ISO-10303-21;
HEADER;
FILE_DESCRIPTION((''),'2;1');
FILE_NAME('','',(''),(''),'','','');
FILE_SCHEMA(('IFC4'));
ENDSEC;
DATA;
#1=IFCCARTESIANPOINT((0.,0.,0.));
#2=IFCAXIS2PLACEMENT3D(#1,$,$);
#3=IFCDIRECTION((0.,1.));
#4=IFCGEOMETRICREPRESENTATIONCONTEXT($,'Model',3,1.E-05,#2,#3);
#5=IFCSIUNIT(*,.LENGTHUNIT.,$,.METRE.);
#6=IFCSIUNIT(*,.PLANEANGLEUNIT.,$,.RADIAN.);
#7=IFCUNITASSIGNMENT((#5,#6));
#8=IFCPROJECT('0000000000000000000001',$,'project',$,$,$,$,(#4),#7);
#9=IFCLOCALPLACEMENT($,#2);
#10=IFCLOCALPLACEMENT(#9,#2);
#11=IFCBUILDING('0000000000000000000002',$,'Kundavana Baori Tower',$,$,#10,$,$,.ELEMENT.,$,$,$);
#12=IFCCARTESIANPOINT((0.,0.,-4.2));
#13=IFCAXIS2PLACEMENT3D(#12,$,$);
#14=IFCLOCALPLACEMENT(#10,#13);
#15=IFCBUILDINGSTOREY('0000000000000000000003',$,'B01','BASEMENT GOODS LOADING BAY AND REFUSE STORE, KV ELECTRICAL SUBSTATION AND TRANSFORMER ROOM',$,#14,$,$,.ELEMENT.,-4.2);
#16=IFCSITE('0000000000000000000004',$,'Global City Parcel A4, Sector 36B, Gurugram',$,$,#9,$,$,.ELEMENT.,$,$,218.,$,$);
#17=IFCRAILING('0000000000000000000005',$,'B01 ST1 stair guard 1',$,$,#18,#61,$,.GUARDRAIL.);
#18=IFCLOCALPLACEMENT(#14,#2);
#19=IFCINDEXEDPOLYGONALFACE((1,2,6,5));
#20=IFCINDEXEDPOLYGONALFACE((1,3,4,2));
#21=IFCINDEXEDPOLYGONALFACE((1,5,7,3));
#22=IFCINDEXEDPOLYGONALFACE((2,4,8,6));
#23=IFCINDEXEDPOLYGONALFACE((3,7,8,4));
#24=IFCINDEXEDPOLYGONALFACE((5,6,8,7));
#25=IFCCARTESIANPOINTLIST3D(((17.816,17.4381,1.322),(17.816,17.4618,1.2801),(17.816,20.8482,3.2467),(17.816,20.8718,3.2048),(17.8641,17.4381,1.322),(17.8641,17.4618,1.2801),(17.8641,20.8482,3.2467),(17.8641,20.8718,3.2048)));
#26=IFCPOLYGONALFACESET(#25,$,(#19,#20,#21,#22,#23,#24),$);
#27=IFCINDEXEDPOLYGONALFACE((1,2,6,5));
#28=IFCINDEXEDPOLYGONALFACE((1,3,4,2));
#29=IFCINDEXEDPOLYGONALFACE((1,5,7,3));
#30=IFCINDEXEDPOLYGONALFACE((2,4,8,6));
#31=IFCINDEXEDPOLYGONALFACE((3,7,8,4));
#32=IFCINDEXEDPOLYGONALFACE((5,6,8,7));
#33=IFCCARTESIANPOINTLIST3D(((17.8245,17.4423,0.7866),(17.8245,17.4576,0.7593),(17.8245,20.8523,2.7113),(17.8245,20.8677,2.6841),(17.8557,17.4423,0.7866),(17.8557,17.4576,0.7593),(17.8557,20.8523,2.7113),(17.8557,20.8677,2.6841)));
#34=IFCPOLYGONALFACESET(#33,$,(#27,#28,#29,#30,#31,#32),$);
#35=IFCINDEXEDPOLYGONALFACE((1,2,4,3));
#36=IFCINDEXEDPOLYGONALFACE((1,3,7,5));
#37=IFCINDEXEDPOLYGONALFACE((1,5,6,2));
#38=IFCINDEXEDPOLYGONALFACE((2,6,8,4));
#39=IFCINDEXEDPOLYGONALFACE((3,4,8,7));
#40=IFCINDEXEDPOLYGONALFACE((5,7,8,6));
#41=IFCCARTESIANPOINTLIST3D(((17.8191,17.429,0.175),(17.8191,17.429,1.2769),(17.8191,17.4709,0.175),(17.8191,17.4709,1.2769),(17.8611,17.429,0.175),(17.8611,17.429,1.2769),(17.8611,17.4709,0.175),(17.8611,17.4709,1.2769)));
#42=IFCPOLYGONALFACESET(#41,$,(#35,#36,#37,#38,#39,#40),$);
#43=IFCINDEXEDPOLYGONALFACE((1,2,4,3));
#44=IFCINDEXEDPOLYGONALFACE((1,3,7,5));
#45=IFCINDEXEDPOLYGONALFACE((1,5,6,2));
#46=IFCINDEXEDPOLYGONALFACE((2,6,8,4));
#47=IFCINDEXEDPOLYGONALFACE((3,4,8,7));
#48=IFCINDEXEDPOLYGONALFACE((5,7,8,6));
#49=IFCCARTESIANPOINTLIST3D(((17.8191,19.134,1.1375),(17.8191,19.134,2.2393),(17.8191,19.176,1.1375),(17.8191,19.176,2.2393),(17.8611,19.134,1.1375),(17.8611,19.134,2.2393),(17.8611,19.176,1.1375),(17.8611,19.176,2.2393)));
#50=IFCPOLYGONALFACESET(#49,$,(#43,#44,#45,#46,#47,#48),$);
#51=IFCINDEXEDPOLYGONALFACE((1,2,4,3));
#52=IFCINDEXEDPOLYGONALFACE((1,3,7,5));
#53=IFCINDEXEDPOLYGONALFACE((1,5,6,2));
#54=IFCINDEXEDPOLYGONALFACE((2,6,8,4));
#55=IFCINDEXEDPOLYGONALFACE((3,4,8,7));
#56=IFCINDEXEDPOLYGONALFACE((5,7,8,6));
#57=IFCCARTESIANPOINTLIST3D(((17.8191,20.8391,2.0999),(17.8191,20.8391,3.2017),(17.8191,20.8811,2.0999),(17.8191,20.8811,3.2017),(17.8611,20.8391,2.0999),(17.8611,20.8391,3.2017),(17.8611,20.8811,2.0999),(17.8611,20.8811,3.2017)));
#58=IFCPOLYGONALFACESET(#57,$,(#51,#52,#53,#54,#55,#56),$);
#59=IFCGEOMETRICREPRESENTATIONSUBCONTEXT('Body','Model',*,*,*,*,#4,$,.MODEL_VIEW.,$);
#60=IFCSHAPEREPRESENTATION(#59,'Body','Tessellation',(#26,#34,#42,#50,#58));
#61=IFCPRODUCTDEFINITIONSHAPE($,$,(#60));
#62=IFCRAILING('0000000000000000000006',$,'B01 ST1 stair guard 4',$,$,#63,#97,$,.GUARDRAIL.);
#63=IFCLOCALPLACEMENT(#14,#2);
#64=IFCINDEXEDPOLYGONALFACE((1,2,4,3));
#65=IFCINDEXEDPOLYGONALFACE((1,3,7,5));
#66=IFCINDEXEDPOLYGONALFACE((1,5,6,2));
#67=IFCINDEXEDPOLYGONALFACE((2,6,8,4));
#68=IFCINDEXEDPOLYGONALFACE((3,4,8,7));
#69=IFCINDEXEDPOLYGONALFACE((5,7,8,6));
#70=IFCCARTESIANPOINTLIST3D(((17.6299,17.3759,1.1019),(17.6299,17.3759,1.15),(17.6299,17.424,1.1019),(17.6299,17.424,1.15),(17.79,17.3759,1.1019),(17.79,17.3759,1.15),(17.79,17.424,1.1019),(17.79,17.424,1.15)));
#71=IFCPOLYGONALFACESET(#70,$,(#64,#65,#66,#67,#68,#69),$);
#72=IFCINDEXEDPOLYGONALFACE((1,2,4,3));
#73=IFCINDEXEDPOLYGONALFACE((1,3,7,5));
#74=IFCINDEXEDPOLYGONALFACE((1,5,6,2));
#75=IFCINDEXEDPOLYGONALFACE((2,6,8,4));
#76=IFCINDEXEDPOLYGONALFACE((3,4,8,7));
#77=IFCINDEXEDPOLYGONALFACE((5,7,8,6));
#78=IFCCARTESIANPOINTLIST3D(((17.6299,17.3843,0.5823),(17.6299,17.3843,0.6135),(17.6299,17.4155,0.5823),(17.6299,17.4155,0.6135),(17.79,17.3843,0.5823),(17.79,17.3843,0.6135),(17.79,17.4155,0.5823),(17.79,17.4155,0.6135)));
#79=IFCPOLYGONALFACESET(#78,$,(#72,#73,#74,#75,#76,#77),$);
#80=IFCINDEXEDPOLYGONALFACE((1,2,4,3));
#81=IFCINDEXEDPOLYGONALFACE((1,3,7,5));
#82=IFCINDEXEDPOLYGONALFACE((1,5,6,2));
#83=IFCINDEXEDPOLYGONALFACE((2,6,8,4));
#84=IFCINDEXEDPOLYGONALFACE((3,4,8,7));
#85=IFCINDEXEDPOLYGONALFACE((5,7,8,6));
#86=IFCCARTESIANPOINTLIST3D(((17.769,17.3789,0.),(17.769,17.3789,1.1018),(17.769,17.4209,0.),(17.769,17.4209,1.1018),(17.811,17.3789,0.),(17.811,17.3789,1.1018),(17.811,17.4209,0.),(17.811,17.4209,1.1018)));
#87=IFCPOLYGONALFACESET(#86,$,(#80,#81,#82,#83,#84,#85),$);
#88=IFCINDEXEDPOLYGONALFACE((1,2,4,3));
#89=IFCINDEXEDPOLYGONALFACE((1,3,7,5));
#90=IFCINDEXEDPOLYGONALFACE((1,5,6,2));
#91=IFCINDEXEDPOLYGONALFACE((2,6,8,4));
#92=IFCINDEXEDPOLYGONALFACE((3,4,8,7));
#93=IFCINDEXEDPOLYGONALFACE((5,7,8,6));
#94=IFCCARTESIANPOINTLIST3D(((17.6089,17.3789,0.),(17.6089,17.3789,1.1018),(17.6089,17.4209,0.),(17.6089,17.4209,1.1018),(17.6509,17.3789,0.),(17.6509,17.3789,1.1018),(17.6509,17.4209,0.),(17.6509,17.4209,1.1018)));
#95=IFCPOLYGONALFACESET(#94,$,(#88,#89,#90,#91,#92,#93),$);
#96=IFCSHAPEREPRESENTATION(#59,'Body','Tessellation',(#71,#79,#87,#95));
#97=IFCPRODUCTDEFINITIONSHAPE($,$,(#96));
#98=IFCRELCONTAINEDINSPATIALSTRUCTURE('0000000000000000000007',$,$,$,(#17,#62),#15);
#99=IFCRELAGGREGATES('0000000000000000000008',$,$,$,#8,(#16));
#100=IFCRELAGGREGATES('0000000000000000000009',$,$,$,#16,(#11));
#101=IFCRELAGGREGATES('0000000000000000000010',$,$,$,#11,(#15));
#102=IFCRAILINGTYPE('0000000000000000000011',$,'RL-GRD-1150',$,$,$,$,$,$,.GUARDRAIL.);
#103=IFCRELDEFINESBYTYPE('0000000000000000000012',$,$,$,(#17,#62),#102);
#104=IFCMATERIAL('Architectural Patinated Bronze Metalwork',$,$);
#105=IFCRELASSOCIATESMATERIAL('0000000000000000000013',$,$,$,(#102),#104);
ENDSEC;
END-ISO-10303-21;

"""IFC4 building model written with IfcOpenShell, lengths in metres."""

from ifc_helpers import new_model, si_unit, direction, frame, origin, origin_2d, place, context, subcontext, project, spatial, rectangle, extrude, material, type_object, element, save


model = new_model("IFC4")

# Units and contexts
model_context = context("Model", 3, precision=1e-05, world=origin(), true_north=direction((0.0, 1.0)))
body_context = subcontext(model_context, "Body", "Model", "MODEL_VIEW")
ifc_project = project(units=[si_unit("LENGTHUNIT", "METRE"), si_unit("PLANEANGLEUNIT", "RADIAN")], contexts=[model_context])

# Site, building, storey
site_placement = place(None, origin())
site = spatial("IfcSite", under=ifc_project, at=site_placement, Name="Global City Parcel A4, Sector 36B, Gurugram", CompositionType="ELEMENT", RefElevation=218.0)
building_placement = place(site_placement, origin())
building = spatial("IfcBuilding", under=site, at=building_placement, Name="Kundavana Baori Tower", CompositionType="ELEMENT")
storey_placement = place(building_placement, frame((0.0, 0.0, -4.2)))
storey = spatial("IfcBuildingStorey", under=building, at=storey_placement, Name="B01", Description="BASEMENT GOODS LOADING BAY AND REFUSE STORE, KV ELECTRICAL SUBSTATION AND TRANSFORMER ROOM", CompositionType="ELEMENT", Elevation=-4.2)

# Railings
ifc_material_1 = material(Name="Architectural Patinated Bronze Metalwork")
railing_type = type_object("IfcRailingType", Name="RL-GRD-1150", PredefinedType="GUARDRAIL", material=ifc_material_1)
railing_1_placement = place(storey_placement, frame((17.8401, 17.45, 0.175)))
element("IfcRailing", 1, at=railing_1_placement, inside=storey, type_object=railing_type, Name="B01 ST1 stair guard 1", PredefinedType="GUARDRAIL", context=body_context, shape_type="SweptSolid", body=[
    extrude(rectangle(XDim=0.0481, YDim=0.0481, at=origin_2d()), frame((0.0, 0.0, 1.126), z_axis=(0.0, 0.870855, 0.491539), x_axis=(-1.0, 0.0, 0.0)), (0.0, 0.0, 1.0), 3.9158),
    extrude(rectangle(XDim=0.0312, YDim=0.0312, at=origin_2d()), frame((0.0, 0.0, 0.5979), z_axis=(0.0, 0.870855, 0.491539), x_axis=(-1.0, 0.0, 0.0)), (0.0, 0.0, 1.0), 3.9158),
    extrude(rectangle(XDim=0.042, YDim=0.042, at=origin_2d()), origin(), (0.0, 0.0, 1.0), 1.1018),
    extrude(rectangle(XDim=0.042, YDim=0.042, at=origin_2d()), frame((0.0, 1.7051, 0.9624)), (0.0, 0.0, 1.0), 1.1018),
    extrude(rectangle(XDim=0.042, YDim=0.042, at=origin_2d()), frame((0.0, 3.4102, 1.9248)), (0.0, 0.0, 1.0), 1.1018),
])
railing_2_placement = place(storey_placement, frame((17.79, 17.3999, 0.0)))
element("IfcRailing", 2, at=railing_2_placement, inside=storey, type_object=railing_type, Name="B01 ST1 stair guard 4", PredefinedType="GUARDRAIL", context=body_context, shape_type="SweptSolid", body=[
    extrude(rectangle(XDim=0.0481, YDim=0.0481, at=origin_2d()), frame((0.0, 0.0, 1.126), z_axis=(-1.0, 0.0, 0.0), x_axis=(0.0, -1.0, 0.0)), (0.0, 0.0, 1.0), 0.1602),
    extrude(rectangle(XDim=0.0312, YDim=0.0312, at=origin_2d()), frame((0.0, 0.0, 0.5979), z_axis=(-1.0, 0.0, 0.0), x_axis=(0.0, -1.0, 0.0)), (0.0, 0.0, 1.0), 0.1602),
    extrude(rectangle(XDim=0.042, YDim=0.042, at=origin_2d()), origin(), (0.0, 0.0, 1.0), 1.1018),
    extrude(rectangle(XDim=0.042, YDim=0.042, at=origin_2d()), frame((-0.1602, 0.0, 0.0)), (0.0, 0.0, 1.0), 1.1018),
])

save(model, "model.ifc")
